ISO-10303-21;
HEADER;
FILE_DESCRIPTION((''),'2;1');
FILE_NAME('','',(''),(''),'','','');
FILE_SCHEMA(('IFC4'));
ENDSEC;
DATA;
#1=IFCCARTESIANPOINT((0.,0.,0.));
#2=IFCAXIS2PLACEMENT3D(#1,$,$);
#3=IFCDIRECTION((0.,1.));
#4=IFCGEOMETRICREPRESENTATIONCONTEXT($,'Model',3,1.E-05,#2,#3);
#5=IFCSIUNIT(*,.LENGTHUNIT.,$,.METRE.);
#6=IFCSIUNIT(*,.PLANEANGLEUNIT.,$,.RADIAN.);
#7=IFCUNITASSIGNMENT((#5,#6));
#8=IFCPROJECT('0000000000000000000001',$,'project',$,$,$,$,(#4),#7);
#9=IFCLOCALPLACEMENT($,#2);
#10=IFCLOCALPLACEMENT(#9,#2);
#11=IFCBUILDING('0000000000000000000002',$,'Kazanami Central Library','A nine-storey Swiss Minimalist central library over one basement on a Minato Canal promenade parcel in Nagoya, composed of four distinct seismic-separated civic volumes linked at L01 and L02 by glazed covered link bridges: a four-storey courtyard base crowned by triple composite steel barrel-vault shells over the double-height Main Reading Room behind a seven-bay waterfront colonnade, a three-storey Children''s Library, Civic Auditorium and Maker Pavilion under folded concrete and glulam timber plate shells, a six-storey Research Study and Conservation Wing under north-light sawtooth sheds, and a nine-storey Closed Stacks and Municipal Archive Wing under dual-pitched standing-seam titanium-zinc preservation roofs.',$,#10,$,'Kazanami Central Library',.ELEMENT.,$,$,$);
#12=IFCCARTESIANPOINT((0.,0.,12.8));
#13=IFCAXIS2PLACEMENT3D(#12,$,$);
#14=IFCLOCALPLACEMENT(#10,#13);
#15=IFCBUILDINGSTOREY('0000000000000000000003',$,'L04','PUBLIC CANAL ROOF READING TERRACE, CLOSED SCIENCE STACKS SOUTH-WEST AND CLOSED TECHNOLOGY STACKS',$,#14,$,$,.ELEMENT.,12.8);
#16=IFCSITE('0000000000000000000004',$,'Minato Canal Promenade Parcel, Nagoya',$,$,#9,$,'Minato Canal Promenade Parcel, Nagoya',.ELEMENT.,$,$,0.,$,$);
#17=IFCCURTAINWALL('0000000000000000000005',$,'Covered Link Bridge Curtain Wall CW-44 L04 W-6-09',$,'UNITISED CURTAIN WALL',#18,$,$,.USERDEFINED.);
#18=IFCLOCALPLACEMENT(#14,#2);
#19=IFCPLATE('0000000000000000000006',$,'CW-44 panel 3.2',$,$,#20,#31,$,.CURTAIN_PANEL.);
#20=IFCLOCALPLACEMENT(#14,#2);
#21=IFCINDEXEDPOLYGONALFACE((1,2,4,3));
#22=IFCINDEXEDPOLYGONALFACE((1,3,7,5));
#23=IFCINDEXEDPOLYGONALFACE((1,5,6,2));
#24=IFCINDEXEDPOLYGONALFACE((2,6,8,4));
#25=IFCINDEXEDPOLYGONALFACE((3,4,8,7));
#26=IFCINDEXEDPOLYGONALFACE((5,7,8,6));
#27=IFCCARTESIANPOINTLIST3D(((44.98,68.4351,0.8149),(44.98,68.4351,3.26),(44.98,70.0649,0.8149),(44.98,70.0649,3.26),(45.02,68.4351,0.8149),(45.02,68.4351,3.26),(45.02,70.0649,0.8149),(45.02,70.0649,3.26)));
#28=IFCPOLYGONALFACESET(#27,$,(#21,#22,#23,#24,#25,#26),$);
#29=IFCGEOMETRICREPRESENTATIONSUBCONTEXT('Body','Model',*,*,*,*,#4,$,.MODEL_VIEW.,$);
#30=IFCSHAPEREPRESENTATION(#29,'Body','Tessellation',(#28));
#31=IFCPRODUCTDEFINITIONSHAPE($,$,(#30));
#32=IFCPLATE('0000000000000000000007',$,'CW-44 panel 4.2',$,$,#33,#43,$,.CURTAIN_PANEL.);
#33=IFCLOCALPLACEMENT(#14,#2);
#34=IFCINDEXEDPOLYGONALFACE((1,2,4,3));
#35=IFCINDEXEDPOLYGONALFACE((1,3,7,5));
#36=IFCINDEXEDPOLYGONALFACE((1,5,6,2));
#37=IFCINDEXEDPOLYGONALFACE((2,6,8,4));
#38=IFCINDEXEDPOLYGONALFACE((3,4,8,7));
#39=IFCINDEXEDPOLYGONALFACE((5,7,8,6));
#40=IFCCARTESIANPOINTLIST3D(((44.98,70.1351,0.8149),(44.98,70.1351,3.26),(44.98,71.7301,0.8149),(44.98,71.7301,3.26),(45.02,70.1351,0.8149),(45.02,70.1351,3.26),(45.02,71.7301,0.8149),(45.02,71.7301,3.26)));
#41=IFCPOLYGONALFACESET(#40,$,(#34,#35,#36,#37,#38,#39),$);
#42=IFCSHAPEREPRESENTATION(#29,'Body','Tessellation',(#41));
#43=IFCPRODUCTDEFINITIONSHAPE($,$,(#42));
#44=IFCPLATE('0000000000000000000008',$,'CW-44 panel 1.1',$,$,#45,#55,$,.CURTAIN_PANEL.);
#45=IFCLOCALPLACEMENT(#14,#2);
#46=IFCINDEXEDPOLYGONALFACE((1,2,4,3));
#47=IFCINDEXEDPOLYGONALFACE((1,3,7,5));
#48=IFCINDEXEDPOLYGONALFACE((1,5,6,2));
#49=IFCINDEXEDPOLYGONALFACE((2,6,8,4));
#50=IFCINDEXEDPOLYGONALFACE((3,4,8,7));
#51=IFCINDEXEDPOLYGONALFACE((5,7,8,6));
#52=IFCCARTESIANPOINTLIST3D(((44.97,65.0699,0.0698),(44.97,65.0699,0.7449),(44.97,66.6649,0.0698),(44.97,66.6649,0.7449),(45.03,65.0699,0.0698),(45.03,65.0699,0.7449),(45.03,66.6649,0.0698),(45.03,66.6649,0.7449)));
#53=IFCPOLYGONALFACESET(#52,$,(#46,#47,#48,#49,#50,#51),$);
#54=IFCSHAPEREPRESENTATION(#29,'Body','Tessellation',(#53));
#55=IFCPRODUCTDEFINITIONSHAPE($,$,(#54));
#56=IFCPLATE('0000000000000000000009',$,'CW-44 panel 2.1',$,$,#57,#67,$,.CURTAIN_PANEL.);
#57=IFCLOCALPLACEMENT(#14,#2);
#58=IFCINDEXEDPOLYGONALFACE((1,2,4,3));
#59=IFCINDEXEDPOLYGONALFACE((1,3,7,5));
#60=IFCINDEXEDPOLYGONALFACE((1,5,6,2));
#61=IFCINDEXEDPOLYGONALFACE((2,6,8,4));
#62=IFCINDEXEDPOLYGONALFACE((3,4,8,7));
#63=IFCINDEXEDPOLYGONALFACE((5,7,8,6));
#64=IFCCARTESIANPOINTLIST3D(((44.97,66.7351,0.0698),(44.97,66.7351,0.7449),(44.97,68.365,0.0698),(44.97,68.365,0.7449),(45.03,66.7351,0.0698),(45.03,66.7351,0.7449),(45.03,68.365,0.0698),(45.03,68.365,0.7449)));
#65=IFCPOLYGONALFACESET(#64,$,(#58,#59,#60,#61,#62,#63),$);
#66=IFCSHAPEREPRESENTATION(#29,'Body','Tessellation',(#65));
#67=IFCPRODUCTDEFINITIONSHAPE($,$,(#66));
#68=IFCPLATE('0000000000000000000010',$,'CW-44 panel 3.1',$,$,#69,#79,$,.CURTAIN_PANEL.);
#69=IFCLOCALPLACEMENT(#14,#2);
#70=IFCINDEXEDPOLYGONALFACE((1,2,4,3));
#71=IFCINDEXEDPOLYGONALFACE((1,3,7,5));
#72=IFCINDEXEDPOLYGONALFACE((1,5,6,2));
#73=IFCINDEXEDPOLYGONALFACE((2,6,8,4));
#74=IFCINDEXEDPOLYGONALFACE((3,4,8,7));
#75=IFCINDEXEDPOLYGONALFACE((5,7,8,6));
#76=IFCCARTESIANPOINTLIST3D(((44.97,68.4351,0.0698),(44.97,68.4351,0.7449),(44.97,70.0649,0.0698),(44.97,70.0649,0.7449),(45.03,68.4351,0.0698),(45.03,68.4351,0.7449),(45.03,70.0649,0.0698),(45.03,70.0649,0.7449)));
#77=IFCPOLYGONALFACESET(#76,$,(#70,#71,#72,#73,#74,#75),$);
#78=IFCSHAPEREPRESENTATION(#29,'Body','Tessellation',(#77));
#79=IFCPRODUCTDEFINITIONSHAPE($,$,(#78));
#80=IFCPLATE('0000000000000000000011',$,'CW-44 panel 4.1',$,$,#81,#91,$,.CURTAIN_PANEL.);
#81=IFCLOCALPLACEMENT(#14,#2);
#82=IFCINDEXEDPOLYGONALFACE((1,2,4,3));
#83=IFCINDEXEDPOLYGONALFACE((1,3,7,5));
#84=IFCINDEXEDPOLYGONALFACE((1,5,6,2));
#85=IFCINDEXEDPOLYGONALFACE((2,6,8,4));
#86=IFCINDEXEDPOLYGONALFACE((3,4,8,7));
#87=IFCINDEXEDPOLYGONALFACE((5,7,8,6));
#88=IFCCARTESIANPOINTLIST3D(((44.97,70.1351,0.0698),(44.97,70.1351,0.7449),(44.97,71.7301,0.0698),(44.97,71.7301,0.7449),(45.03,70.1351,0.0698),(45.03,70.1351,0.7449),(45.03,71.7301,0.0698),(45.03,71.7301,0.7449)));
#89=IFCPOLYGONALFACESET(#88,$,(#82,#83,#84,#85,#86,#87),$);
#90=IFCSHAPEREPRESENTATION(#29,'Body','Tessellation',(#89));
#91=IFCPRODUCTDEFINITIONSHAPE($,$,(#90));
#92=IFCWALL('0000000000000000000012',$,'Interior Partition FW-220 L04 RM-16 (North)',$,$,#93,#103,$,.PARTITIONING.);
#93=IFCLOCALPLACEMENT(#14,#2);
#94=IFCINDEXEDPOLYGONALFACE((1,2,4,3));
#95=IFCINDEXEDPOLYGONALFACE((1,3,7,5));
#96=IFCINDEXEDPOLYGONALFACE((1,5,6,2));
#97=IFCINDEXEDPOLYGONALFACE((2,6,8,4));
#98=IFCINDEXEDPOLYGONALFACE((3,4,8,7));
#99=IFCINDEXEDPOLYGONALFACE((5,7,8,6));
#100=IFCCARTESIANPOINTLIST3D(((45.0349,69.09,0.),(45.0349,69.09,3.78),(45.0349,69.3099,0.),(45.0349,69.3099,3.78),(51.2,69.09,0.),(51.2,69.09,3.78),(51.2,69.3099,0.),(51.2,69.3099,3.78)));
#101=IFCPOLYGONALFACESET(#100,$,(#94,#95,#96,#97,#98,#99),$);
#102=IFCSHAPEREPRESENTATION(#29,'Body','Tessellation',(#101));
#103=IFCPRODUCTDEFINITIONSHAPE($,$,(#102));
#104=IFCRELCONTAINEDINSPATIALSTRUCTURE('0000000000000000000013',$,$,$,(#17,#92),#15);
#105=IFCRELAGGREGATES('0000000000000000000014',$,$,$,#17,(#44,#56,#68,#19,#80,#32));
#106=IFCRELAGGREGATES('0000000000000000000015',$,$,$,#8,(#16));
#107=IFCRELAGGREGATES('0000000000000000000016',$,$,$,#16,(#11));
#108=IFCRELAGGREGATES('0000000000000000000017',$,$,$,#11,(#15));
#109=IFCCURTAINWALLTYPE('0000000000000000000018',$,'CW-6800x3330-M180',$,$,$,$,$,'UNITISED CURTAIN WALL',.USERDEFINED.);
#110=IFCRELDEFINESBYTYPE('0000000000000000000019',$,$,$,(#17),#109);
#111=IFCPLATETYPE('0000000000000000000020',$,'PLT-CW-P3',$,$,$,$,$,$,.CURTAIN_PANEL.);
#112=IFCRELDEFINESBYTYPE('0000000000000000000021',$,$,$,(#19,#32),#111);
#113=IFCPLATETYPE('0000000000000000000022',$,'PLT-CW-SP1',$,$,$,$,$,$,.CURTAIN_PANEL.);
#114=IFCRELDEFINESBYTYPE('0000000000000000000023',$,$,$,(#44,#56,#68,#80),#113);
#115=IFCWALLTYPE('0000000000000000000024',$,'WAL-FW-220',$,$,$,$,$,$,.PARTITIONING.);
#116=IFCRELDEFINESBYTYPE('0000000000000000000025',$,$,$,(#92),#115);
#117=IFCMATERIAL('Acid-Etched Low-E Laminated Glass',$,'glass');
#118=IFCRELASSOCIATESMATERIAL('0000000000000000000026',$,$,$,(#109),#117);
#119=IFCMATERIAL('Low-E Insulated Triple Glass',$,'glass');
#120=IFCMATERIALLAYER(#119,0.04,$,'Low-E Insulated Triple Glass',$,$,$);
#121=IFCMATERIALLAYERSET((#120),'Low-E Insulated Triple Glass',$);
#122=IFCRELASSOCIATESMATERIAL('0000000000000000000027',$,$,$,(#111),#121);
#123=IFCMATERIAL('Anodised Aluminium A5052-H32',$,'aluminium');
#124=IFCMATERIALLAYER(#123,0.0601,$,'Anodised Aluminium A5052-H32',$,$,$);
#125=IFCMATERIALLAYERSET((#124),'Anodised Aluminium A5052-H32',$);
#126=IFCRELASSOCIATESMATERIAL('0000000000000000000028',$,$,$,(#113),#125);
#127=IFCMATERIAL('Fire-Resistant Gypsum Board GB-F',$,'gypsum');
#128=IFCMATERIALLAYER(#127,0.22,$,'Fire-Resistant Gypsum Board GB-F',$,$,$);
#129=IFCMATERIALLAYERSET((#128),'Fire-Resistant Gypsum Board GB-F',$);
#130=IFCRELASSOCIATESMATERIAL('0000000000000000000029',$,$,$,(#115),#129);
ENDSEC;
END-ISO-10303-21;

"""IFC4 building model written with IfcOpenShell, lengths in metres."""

from ifc_helpers import new_model, si_unit, direction, frame, frame_2d, origin, origin_2d, place, context, subcontext, project, spatial, rectangle, extrude, material, layer, layer_set, type_object, element, aggregate, save


model = new_model("IFC4")

# Units and contexts
model_context = context("Model", 3, precision=1e-05, world=origin(), true_north=direction((0.0, 1.0)))
body_context = subcontext(model_context, "Body", "Model", "MODEL_VIEW")
ifc_project = project(units=[si_unit("LENGTHUNIT", "METRE"), si_unit("PLANEANGLEUNIT", "RADIAN")], contexts=[model_context])

# Site, building, storey
site_placement = place(None, origin())
site = spatial("IfcSite", under=ifc_project, at=site_placement, Name="Minato Canal Promenade Parcel, Nagoya", LongName="Minato Canal Promenade Parcel, Nagoya", CompositionType="ELEMENT", RefElevation=0.0)
building_placement = place(site_placement, origin())
building = spatial("IfcBuilding", under=site, at=building_placement, Name="Kazanami Central Library", Description="A nine-storey Swiss Minimalist central library over one basement on a Minato Canal promenade parcel in Nagoya, composed of four distinct seismic-separated civic volumes linked at L01 and L02 by glazed covered link bridges: a four-storey courtyard base crowned by triple composite steel barrel-vault shells over the double-height Main Reading Room behind a seven-bay waterfront colonnade, a three-storey Children's Library, Civic Auditorium and Maker Pavilion under folded concrete and glulam timber plate shells, a six-storey Research Study and Conservation Wing under north-light sawtooth sheds, and a nine-storey Closed Stacks and Municipal Archive Wing under dual-pitched standing-seam titanium-zinc preservation roofs.", LongName="Kazanami Central Library", CompositionType="ELEMENT")
storey_placement = place(building_placement, frame((0.0, 0.0, 12.8)))
storey = spatial("IfcBuildingStorey", under=building, at=storey_placement, Name="L04", Description="PUBLIC CANAL ROOF READING TERRACE, CLOSED SCIENCE STACKS SOUTH-WEST AND CLOSED TECHNOLOGY STACKS", CompositionType="ELEMENT", Elevation=12.8)

# Curtain wall, plates
ifc_material_1 = material(Name="Acid-Etched Low-E Laminated Glass", Category="glass")
curtain_wall_type = type_object("IfcCurtainWallType", Name="CW-6800x3330-M180", ElementType="UNITISED CURTAIN WALL", PredefinedType="USERDEFINED", material=ifc_material_1)
curtain_wall_placement = place(storey_placement, origin())
curtain_wall = element("IfcCurtainWall", 1, at=curtain_wall_placement, inside=storey, type_object=curtain_wall_type, Name="Covered Link Bridge Curtain Wall CW-44 L04 W-6-09", ObjectType="UNITISED CURTAIN WALL", PredefinedType="USERDEFINED")
ifc_material_2 = material(Name="Low-E Insulated Triple Glass", Category="glass")
ifc_layer_1 = layer(ifc_material_2, 0.04, Name="Low-E Insulated Triple Glass")
ifc_layer_set_1 = layer_set([ifc_layer_1], Name="Low-E Insulated Triple Glass")
plate_type_1 = type_object("IfcPlateType", Name="PLT-CW-P3", PredefinedType="CURTAIN_PANEL", material=ifc_layer_set_1)
plate_1_placement = place(storey_placement, frame((45.0, 69.25, 0.8149), z_axis=(0.0, 0.0, 1.0), x_axis=(0.0, 1.0, 0.0)))
plate_1 = element("IfcPlate", 2, at=plate_1_placement, type_object=plate_type_1, Name="CW-44 panel 3.2", PredefinedType="CURTAIN_PANEL", context=body_context, shape_type="SweptSolid", body=[
    extrude(rectangle(XDim=1.6299, YDim=0.04, at=origin_2d()), origin(), (0.0, 0.0, 1.0), 2.4451),
])
plate_2_placement = place(storey_placement, frame((45.0, 70.9326, 0.8149), z_axis=(0.0, 0.0, 1.0), x_axis=(0.0, 1.0, 0.0)))
plate_2 = element("IfcPlate", 3, at=plate_2_placement, type_object=plate_type_1, Name="CW-44 panel 4.2", PredefinedType="CURTAIN_PANEL", context=body_context, shape_type="SweptSolid", body=[
    extrude(rectangle(XDim=1.595, YDim=0.04, at=origin_2d()), origin(), (0.0, 0.0, 1.0), 2.4451),
])
ifc_material_3 = material(Name="Anodised Aluminium A5052-H32", Category="aluminium")
ifc_layer_2 = layer(ifc_material_3, 0.0601, Name="Anodised Aluminium A5052-H32")
ifc_layer_set_2 = layer_set([ifc_layer_2], Name="Anodised Aluminium A5052-H32")
plate_type_2 = type_object("IfcPlateType", Name="PLT-CW-SP1", PredefinedType="CURTAIN_PANEL", material=ifc_layer_set_2)
plate_3_placement = place(storey_placement, frame((45.0, 65.8674, 0.0698), z_axis=(0.0, 0.0, 1.0), x_axis=(0.0, 1.0, 0.0)))
plate_3 = element("IfcPlate", 4, at=plate_3_placement, type_object=plate_type_2, Name="CW-44 panel 1.1", PredefinedType="CURTAIN_PANEL", context=body_context, shape_type="SweptSolid", body=[
    extrude(rectangle(XDim=1.595, YDim=0.0601, at=origin_2d()), origin(), (0.0, 0.0, 1.0), 0.675),
])
plate_4_placement = place(storey_placement, frame((45.0, 67.55, 0.0698), z_axis=(0.0, 0.0, 1.0), x_axis=(0.0, 1.0, 0.0)))
plate_4 = element("IfcPlate", 5, at=plate_4_placement, type_object=plate_type_2, Name="CW-44 panel 2.1", PredefinedType="CURTAIN_PANEL", context=body_context, shape_type="SweptSolid", body=[
    extrude(rectangle(XDim=1.6299, YDim=0.0601, at=origin_2d()), origin(), (0.0, 0.0, 1.0), 0.675),
])
plate_5_placement = place(storey_placement, frame((45.0, 69.25, 0.0698), z_axis=(0.0, 0.0, 1.0), x_axis=(0.0, 1.0, 0.0)))
plate_5 = element("IfcPlate", 6, at=plate_5_placement, type_object=plate_type_2, Name="CW-44 panel 3.1", PredefinedType="CURTAIN_PANEL", context=body_context, shape_type="SweptSolid", body=[
    extrude(rectangle(XDim=1.6299, YDim=0.0601, at=origin_2d()), origin(), (0.0, 0.0, 1.0), 0.675),
])
plate_6_placement = place(storey_placement, frame((45.0, 70.9326, 0.0698), z_axis=(0.0, 0.0, 1.0), x_axis=(0.0, 1.0, 0.0)))
plate_6 = element("IfcPlate", 7, at=plate_6_placement, type_object=plate_type_2, Name="CW-44 panel 4.1", PredefinedType="CURTAIN_PANEL", context=body_context, shape_type="SweptSolid", body=[
    extrude(rectangle(XDim=1.595, YDim=0.0601, at=origin_2d()), origin(), (0.0, 0.0, 1.0), 0.675),
])
aggregate(curtain_wall, [plate_3, plate_4, plate_5, plate_1, plate_6, plate_2])

# Wall
ifc_material_4 = material(Name="Fire-Resistant Gypsum Board GB-F", Category="gypsum")
ifc_layer_3 = layer(ifc_material_4, 0.22, Name="Fire-Resistant Gypsum Board GB-F")
ifc_layer_set_3 = layer_set([ifc_layer_3], Name="Fire-Resistant Gypsum Board GB-F")
wall_type = type_object("IfcWallType", Name="WAL-FW-220", PredefinedType="PARTITIONING", material=ifc_layer_set_3)
wall_placement = place(storey_placement, frame((45.0349, 69.2, 0.0), z_axis=(0.0, 0.0, 1.0), x_axis=(1.0, 0.0, 0.0)))
element("IfcWall", 8, at=wall_placement, inside=storey, type_object=wall_type, Name="Interior Partition FW-220 L04 RM-16 (North)", PredefinedType="PARTITIONING", context=body_context, shape_type="SweptSolid", body=[
    extrude(rectangle(XDim=6.165, YDim=0.22, at=frame_2d((3.0825, 0.0))), origin(), (0.0, 0.0, 1.0), 3.78),
])

save(model, "model.ifc")
